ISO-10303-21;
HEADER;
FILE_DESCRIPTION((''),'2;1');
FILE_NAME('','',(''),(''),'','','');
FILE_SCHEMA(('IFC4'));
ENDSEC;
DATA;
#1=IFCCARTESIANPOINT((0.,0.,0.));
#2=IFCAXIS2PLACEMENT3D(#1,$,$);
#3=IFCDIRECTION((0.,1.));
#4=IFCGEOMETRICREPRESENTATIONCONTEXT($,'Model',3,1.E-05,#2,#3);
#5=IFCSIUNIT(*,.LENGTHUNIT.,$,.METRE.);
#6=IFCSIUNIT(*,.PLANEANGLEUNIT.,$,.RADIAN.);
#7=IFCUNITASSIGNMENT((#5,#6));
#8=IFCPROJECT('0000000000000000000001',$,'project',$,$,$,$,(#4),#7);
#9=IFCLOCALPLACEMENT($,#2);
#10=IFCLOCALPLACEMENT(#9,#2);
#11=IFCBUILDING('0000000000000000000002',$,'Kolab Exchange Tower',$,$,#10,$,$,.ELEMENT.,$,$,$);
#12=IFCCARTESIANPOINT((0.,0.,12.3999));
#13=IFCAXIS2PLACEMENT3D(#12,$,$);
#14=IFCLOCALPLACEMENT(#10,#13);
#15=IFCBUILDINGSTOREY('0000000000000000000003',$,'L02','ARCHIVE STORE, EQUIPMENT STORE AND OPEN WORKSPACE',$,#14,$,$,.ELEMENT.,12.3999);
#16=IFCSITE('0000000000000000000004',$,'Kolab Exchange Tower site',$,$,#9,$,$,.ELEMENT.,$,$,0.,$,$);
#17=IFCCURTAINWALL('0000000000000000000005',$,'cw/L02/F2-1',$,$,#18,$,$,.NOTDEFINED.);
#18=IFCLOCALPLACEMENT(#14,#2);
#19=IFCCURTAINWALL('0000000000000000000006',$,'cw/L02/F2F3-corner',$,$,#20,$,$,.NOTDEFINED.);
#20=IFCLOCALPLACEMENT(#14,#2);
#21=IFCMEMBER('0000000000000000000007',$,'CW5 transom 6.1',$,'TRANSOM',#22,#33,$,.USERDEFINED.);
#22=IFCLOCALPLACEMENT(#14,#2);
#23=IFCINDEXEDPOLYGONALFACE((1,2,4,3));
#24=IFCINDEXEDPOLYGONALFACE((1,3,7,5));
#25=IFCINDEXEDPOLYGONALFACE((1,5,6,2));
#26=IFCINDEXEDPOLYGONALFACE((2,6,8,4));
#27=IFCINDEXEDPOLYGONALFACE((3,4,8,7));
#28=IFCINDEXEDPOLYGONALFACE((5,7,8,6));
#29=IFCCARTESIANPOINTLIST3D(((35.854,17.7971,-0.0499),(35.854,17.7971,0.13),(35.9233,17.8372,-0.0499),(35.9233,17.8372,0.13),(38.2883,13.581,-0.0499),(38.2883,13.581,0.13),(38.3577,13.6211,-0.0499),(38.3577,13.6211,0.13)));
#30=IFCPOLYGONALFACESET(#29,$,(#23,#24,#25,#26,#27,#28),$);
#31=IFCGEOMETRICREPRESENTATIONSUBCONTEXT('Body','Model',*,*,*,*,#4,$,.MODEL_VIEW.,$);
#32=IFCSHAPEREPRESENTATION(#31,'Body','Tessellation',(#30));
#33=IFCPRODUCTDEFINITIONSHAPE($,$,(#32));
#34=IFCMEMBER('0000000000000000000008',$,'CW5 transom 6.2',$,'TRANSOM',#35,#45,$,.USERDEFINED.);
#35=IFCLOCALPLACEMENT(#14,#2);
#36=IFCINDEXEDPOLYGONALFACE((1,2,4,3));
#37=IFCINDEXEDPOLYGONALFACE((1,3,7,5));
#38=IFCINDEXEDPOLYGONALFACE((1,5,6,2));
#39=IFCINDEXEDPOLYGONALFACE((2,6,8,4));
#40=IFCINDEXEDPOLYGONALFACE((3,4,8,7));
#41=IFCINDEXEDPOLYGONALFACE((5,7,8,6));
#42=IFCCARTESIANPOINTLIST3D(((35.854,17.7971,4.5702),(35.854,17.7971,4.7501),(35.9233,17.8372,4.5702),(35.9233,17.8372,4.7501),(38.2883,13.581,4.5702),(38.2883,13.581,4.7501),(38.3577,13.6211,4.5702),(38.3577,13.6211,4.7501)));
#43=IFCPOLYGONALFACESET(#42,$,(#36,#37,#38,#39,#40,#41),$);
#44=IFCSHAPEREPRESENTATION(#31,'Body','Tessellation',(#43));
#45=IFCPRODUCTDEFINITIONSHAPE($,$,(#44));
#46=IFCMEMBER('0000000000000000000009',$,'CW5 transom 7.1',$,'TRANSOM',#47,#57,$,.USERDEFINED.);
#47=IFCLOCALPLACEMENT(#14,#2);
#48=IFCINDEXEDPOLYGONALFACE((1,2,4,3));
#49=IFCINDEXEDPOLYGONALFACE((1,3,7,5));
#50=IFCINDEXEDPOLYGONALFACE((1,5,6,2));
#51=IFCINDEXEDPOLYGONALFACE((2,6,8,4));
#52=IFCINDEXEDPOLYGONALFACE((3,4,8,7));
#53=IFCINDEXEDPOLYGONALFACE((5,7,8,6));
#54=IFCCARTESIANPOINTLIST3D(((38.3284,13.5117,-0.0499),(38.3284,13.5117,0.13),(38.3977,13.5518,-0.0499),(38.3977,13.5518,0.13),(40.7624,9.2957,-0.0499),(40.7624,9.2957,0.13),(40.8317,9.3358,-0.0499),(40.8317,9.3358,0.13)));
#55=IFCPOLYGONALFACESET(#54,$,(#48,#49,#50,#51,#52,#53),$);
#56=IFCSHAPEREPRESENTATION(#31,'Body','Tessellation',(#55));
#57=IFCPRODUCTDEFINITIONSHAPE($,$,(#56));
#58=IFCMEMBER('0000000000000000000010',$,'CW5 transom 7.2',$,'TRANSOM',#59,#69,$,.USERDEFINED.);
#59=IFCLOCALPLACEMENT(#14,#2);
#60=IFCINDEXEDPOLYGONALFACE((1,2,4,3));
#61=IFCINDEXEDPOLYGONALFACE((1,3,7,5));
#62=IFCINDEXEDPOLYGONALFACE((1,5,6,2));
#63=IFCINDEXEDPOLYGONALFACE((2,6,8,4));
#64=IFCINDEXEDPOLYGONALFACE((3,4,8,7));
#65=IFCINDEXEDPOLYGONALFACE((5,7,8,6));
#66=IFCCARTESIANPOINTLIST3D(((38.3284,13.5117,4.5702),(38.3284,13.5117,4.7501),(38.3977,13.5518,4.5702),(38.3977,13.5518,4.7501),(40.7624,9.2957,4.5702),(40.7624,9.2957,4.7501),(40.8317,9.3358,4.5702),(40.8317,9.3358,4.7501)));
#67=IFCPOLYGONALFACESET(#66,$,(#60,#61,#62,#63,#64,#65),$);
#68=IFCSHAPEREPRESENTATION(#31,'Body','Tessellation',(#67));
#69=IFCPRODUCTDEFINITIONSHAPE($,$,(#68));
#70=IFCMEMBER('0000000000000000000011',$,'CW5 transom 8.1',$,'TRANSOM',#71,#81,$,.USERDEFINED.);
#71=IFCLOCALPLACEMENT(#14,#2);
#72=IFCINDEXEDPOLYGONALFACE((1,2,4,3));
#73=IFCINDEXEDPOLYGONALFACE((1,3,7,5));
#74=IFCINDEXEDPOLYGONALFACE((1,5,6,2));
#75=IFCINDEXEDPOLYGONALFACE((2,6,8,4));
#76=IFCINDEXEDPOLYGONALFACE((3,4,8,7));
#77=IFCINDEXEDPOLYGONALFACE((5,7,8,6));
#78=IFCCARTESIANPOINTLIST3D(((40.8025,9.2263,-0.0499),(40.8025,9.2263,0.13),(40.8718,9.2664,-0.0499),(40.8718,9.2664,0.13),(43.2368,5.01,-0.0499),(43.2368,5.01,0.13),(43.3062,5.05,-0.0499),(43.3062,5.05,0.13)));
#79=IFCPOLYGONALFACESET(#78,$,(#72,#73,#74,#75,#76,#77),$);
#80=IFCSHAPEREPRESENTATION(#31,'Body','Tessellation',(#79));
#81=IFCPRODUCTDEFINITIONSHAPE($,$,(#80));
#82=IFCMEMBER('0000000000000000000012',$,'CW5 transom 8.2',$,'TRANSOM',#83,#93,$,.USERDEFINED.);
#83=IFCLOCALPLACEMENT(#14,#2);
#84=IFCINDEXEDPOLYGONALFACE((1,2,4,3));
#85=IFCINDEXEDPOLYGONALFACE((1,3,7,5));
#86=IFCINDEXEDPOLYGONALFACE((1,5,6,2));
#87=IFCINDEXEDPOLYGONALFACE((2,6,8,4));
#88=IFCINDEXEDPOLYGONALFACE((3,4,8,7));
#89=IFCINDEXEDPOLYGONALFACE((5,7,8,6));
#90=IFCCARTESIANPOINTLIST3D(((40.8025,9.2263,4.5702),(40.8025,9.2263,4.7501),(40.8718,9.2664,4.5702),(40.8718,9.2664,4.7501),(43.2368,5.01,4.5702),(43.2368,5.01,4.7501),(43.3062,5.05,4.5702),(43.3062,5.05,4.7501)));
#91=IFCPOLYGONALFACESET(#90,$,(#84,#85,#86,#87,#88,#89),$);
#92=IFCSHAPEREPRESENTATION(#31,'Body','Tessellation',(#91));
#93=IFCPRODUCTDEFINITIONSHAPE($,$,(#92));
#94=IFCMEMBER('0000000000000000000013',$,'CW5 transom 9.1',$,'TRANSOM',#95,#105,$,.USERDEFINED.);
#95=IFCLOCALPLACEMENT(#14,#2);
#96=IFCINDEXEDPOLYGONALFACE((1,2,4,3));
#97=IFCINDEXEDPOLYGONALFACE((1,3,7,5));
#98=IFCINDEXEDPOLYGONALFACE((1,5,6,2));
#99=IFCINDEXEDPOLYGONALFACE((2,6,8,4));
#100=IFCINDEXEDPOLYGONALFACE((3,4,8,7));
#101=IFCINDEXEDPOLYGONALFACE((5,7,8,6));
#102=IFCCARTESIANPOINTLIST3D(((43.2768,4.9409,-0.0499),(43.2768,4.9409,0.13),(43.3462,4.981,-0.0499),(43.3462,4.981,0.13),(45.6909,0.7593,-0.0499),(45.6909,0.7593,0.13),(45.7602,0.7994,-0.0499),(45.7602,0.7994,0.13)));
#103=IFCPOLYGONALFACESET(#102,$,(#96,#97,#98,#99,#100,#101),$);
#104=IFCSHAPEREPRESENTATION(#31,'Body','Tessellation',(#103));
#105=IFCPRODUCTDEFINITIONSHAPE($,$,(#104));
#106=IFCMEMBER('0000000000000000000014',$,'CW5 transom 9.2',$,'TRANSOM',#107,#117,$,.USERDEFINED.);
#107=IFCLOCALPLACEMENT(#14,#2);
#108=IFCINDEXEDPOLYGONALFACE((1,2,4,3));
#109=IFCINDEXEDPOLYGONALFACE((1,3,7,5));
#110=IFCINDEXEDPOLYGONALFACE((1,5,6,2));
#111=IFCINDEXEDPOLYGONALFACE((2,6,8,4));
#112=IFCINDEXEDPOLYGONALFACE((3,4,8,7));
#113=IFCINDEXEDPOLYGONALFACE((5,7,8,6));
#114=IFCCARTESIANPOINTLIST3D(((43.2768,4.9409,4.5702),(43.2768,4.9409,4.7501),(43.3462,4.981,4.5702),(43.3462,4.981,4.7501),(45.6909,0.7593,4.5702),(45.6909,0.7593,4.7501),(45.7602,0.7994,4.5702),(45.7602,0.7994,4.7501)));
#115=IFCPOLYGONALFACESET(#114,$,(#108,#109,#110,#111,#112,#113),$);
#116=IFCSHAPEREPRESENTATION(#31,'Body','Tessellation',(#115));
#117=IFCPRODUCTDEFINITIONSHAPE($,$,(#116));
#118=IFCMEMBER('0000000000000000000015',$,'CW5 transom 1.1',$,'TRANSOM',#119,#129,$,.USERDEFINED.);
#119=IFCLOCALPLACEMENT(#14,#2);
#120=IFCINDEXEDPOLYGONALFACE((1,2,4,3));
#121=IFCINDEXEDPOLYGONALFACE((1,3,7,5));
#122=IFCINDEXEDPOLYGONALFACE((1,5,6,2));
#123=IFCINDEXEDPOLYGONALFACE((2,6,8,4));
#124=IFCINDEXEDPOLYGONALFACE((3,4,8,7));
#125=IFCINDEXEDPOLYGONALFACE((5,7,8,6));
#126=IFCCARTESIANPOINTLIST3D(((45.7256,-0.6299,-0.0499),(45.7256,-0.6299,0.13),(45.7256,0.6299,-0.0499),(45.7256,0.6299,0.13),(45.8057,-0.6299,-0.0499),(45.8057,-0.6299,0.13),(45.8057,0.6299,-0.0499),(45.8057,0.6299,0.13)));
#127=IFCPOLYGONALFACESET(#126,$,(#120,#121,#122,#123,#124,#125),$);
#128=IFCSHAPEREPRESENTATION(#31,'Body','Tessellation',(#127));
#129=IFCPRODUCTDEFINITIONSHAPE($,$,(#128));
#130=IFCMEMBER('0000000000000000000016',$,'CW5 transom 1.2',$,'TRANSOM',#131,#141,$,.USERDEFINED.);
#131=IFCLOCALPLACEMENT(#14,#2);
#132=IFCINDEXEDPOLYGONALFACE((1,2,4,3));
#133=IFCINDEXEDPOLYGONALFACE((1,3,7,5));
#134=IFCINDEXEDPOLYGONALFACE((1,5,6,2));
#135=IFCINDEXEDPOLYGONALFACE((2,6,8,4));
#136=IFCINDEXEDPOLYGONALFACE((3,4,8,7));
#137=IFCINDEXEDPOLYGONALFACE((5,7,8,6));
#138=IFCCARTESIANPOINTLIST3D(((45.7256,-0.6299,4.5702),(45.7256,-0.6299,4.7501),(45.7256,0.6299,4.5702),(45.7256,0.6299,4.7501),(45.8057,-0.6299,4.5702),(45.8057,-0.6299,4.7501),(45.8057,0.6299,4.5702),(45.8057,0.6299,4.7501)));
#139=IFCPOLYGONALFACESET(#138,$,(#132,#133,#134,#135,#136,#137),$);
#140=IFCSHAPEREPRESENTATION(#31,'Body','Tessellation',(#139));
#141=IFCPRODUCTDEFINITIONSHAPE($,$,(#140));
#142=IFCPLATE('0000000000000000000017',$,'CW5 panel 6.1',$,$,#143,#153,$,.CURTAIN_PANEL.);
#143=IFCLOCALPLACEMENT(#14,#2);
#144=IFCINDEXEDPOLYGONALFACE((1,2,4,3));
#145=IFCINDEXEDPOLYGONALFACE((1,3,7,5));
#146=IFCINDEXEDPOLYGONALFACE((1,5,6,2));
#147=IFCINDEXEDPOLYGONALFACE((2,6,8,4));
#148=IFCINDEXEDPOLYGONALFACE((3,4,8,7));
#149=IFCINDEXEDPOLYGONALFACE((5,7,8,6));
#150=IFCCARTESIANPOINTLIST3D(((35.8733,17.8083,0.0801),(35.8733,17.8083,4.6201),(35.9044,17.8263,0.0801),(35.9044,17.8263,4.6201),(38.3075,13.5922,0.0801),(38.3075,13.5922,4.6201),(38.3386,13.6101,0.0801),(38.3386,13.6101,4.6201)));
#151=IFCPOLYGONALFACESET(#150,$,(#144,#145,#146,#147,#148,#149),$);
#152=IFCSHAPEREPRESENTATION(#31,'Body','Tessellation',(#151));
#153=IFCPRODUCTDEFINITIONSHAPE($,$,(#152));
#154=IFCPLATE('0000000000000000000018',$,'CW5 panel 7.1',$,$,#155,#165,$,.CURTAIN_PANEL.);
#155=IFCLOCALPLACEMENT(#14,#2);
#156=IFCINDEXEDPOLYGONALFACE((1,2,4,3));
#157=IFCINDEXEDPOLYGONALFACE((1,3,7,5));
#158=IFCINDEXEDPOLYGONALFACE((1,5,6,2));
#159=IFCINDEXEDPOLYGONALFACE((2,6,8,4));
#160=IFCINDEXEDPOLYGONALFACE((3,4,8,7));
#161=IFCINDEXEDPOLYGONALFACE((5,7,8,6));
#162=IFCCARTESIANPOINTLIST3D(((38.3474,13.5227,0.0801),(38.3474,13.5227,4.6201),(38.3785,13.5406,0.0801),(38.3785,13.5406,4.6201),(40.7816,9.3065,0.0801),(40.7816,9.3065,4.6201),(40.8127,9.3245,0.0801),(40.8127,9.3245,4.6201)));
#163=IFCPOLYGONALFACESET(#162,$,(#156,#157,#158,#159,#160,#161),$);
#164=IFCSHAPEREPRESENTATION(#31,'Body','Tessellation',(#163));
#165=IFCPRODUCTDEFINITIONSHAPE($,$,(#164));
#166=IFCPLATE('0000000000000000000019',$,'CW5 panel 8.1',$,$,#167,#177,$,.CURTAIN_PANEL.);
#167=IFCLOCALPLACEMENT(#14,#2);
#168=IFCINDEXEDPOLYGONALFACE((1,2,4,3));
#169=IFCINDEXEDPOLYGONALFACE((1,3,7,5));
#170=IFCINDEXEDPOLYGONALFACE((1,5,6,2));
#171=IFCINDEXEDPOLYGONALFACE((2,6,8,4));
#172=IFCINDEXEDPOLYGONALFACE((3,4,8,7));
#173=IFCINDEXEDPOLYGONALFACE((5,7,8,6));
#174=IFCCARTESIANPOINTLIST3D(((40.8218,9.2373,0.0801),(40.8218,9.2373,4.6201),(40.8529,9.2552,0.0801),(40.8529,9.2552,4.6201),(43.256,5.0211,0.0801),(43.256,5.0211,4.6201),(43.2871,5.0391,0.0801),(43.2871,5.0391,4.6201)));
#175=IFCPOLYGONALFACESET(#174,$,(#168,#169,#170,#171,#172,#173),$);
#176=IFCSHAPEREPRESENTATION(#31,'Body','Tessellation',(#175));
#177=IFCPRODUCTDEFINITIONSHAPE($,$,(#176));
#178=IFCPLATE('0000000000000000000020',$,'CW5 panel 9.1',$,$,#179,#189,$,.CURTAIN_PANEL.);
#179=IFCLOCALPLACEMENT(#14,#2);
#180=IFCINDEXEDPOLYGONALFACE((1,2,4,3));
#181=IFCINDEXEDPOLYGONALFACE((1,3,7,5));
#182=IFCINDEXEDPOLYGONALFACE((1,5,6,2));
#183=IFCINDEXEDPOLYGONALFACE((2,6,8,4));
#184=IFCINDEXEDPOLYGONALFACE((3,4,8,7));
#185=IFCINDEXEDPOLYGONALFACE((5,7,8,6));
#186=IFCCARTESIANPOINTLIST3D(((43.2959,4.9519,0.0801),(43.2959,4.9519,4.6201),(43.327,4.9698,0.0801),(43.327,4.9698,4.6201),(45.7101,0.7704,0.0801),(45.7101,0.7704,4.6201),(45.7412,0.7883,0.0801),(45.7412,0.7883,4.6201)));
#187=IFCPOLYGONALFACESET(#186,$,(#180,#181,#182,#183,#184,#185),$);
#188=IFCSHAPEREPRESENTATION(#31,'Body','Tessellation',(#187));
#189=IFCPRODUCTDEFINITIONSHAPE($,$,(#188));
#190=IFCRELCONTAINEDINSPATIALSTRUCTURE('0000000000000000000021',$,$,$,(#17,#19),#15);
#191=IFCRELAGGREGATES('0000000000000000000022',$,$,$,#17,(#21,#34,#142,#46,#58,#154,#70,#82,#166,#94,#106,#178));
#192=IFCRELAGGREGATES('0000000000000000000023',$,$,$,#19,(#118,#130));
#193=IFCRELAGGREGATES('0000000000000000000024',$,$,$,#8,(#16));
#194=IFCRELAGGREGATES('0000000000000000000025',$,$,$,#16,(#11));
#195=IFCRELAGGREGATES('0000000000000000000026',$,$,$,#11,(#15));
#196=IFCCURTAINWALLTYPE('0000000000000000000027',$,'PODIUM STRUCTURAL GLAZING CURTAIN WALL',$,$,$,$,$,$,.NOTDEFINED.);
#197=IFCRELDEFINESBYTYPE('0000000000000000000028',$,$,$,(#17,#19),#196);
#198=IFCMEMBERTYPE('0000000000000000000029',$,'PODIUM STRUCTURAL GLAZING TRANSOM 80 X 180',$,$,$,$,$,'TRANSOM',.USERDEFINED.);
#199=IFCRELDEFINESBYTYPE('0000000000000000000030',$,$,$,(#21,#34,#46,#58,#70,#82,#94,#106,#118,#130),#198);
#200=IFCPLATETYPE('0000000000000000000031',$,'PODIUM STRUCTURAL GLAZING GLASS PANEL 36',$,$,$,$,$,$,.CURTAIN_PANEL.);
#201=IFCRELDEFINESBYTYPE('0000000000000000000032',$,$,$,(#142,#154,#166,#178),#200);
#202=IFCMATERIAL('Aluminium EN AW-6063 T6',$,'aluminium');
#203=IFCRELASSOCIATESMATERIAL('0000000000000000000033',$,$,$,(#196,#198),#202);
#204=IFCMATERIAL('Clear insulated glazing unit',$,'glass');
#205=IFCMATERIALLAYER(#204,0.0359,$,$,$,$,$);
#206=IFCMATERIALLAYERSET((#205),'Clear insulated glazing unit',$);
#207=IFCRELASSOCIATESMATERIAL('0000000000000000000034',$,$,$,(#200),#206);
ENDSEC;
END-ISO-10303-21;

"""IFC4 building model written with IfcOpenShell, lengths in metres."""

from ifc_helpers import new_model, si_unit, direction, frame, origin, origin_2d, place, context, subcontext, project, spatial, rectangle, extrude, material, layer, layer_set, material_profile, profile_set, type_object, element, aggregate, save


model = new_model("IFC4")

# Units and contexts
model_context = context("Model", 3, precision=1e-05, world=origin(), true_north=direction((0.0, 1.0)))
body_context = subcontext(model_context, "Body", "Model", "MODEL_VIEW")
ifc_project = project(units=[si_unit("LENGTHUNIT", "METRE"), si_unit("PLANEANGLEUNIT", "RADIAN")], contexts=[model_context])

# Site, building, storey
site_placement = place(None, origin())
site = spatial("IfcSite", under=ifc_project, at=site_placement, Name="Kolab Exchange Tower site", CompositionType="ELEMENT", RefElevation=0.0)
building_placement = place(site_placement, origin())
building = spatial("IfcBuilding", under=site, at=building_placement, Name="Kolab Exchange Tower", CompositionType="ELEMENT")
storey_placement = place(building_placement, frame((0.0, 0.0, 12.3999)))
storey = spatial("IfcBuildingStorey", under=building, at=storey_placement, Name="L02", Description="ARCHIVE STORE, EQUIPMENT STORE AND OPEN WORKSPACE", CompositionType="ELEMENT", Elevation=12.3999)

# Curtain wall
ifc_material_1 = material(Name="Aluminium EN AW-6063 T6", Category="aluminium")
curtain_wall_type = type_object("IfcCurtainWallType", Name="PODIUM STRUCTURAL GLAZING CURTAIN WALL", PredefinedType="NOTDEFINED", material=ifc_material_1)
curtain_wall_1_placement = place(storey_placement, origin())
curtain_wall_1 = element("IfcCurtainWall", 1, at=curtain_wall_1_placement, inside=storey, type_object=curtain_wall_type, Name="cw/L02/F2-1", PredefinedType="NOTDEFINED")

# Curtain wall
curtain_wall_2_placement = place(storey_placement, origin())
curtain_wall_2 = element("IfcCurtainWall", 2, at=curtain_wall_2_placement, inside=storey, type_object=curtain_wall_type, Name="cw/L02/F2F3-corner", PredefinedType="NOTDEFINED")

# Members
ifc_material_profile_1 = material_profile(ifc_material_1, rectangle(XDim=0.0801, YDim=0.1799, at=origin_2d()), Name="RECT 80X180")
ifc_profile_set_1 = profile_set([ifc_material_profile_1], Name="Aluminium EN AW-6063 T6")
member_type_1 = type_object("IfcMemberType", Name="PODIUM STRUCTURAL GLAZING TRANSOM 80 X 180", ElementType="TRANSOM", PredefinedType="USERDEFINED", material=ifc_profile_set_1)
member_1_placement = place(storey_placement, frame((35.8887, 17.8171, 0.04), z_axis=(0.500028, -0.866009, 0.0), x_axis=(0.866009, 0.500028, 0.0)))
member_1 = element("IfcMember", 3, at=member_1_placement, type_object=member_type_1, Name="CW5 transom 6.1", ObjectType="TRANSOM", PredefinedType="USERDEFINED", context=body_context, shape_type="SweptSolid", body=[
    extrude(rectangle(XDim=0.0801, YDim=0.1799, at=origin_2d()), origin(), (0.0, 0.0, 1.0), 4.8684),
])
member_2_placement = place(storey_placement, frame((35.8887, 17.8171, 4.6602), z_axis=(0.500028, -0.866009, 0.0), x_axis=(0.866009, 0.500028, 0.0)))
member_2 = element("IfcMember", 4, at=member_2_placement, type_object=member_type_1, Name="CW5 transom 6.2", ObjectType="TRANSOM", PredefinedType="USERDEFINED", context=body_context, shape_type="SweptSolid", body=[
    extrude(rectangle(XDim=0.0801, YDim=0.1799, at=origin_2d()), origin(), (0.0, 0.0, 1.0), 4.8684),
])
member_3_placement = place(storey_placement, frame((38.363, 13.5317, 0.04), z_axis=(0.49999, -0.866031, 0.0), x_axis=(0.866031, 0.49999, 0.0)))
member_3 = element("IfcMember", 5, at=member_3_placement, type_object=member_type_1, Name="CW5 transom 7.1", ObjectType="TRANSOM", PredefinedType="USERDEFINED", context=body_context, shape_type="SweptSolid", body=[
    extrude(rectangle(XDim=0.0801, YDim=0.1799, at=origin_2d()), origin(), (0.0, 0.0, 1.0), 4.8682),
])
member_4_placement = place(storey_placement, frame((38.363, 13.5317, 4.6602), z_axis=(0.49999, -0.866031, 0.0), x_axis=(0.866031, 0.49999, 0.0)))
member_4 = element("IfcMember", 6, at=member_4_placement, type_object=member_type_1, Name="CW5 transom 7.2", ObjectType="TRANSOM", PredefinedType="USERDEFINED", context=body_context, shape_type="SweptSolid", body=[
    extrude(rectangle(XDim=0.0801, YDim=0.1799, at=origin_2d()), origin(), (0.0, 0.0, 1.0), 4.8682),
])
member_5_placement = place(storey_placement, frame((40.8372, 9.2463, 0.04), z_axis=(0.500006, -0.866022, 0.0), x_axis=(0.866022, 0.500006, 0.0)))
member_5 = element("IfcMember", 7, at=member_5_placement, type_object=member_type_1, Name="CW5 transom 8.1", ObjectType="TRANSOM", PredefinedType="USERDEFINED", context=body_context, shape_type="SweptSolid", body=[
    extrude(rectangle(XDim=0.0801, YDim=0.1799, at=origin_2d()), origin(), (0.0, 0.0, 1.0), 4.8687),
])
member_6_placement = place(storey_placement, frame((40.8372, 9.2463, 4.6602), z_axis=(0.500006, -0.866022, 0.0), x_axis=(0.866022, 0.500006, 0.0)))
member_6 = element("IfcMember", 8, at=member_6_placement, type_object=member_type_1, Name="CW5 transom 8.2", ObjectType="TRANSOM", PredefinedType="USERDEFINED", context=body_context, shape_type="SweptSolid", body=[
    extrude(rectangle(XDim=0.0801, YDim=0.1799, at=origin_2d()), origin(), (0.0, 0.0, 1.0), 4.8687),
])
member_7_placement = place(storey_placement, frame((43.3115, 4.9609, 0.04), z_axis=(0.499968, -0.866044, 0.0), x_axis=(0.866044, 0.499968, 0.0)))
member_7 = element("IfcMember", 9, at=member_7_placement, type_object=member_type_1, Name="CW5 transom 9.1", ObjectType="TRANSOM", PredefinedType="USERDEFINED", context=body_context, shape_type="SweptSolid", body=[
    extrude(rectangle(XDim=0.0801, YDim=0.1799, at=origin_2d()), origin(), (0.0, 0.0, 1.0), 4.8284),
])
member_8_placement = place(storey_placement, frame((43.3115, 4.9609, 4.6602), z_axis=(0.499968, -0.866044, 0.0), x_axis=(0.866044, 0.499968, 0.0)))
member_8 = element("IfcMember", 10, at=member_8_placement, type_object=member_type_1, Name="CW5 transom 9.2", ObjectType="TRANSOM", PredefinedType="USERDEFINED", context=body_context, shape_type="SweptSolid", body=[
    extrude(rectangle(XDim=0.0801, YDim=0.1799, at=origin_2d()), origin(), (0.0, 0.0, 1.0), 4.8284),
])
member_9_placement = place(storey_placement, frame((45.7656, 0.6299, 0.04), z_axis=(0.0, -1.0, 0.0), x_axis=(1.0, 0.0, 0.0)))
member_9 = element("IfcMember", 11, at=member_9_placement, type_object=member_type_1, Name="CW5 transom 1.1", ObjectType="TRANSOM", PredefinedType="USERDEFINED", context=body_context, shape_type="SweptSolid", body=[
    extrude(rectangle(XDim=0.0801, YDim=0.1799, at=origin_2d()), origin(), (0.0, 0.0, 1.0), 1.2598),
])
member_10_placement = place(storey_placement, frame((45.7656, 0.6299, 4.6602), z_axis=(0.0, -1.0, 0.0), x_axis=(1.0, 0.0, 0.0)))
member_10 = element("IfcMember", 12, at=member_10_placement, type_object=member_type_1, Name="CW5 transom 1.2", ObjectType="TRANSOM", PredefinedType="USERDEFINED", context=body_context, shape_type="SweptSolid", body=[
    extrude(rectangle(XDim=0.0801, YDim=0.1799, at=origin_2d()), origin(), (0.0, 0.0, 1.0), 1.2598),
])

# Plates
ifc_material_2 = material(Name="Clear insulated glazing unit", Category="glass")
ifc_layer_1 = layer(ifc_material_2, 0.0359)
ifc_layer_set_1 = layer_set([ifc_layer_1], Name="Clear insulated glazing unit")
plate_type = type_object("IfcPlateType", Name="PODIUM STRUCTURAL GLAZING GLASS PANEL 36", PredefinedType="CURTAIN_PANEL", material=ifc_layer_set_1)
plate_1_placement = place(storey_placement, frame((37.106, 15.7092, 0.0801), z_axis=(0.0, 0.0, 1.0), x_axis=(0.5, -0.866025, 0.0)))
plate_1 = element("IfcPlate", 13, at=plate_1_placement, type_object=plate_type, Name="CW5 panel 6.1", PredefinedType="CURTAIN_PANEL", context=body_context, shape_type="SweptSolid", body=[
    extrude(rectangle(XDim=4.8684, YDim=0.0359, at=origin_2d()), origin(), (0.0, 0.0, 1.0), 4.54),
])
plate_2_placement = place(storey_placement, frame((39.5801, 11.4236, 0.0801), z_axis=(0.0, 0.0, 1.0), x_axis=(0.5, -0.866025, 0.0)))
plate_2 = element("IfcPlate", 14, at=plate_2_placement, type_object=plate_type, Name="CW5 panel 7.1", PredefinedType="CURTAIN_PANEL", context=body_context, shape_type="SweptSolid", body=[
    extrude(rectangle(XDim=4.8684, YDim=0.0359, at=origin_2d()), origin(), (0.0, 0.0, 1.0), 4.54),
])
plate_3_placement = place(storey_placement, frame((42.0544, 7.1382, 0.0801), z_axis=(0.0, 0.0, 1.0), x_axis=(0.5, -0.866025, 0.0)))
plate_3 = element("IfcPlate", 15, at=plate_3_placement, type_object=plate_type, Name="CW5 panel 8.1", PredefinedType="CURTAIN_PANEL", context=body_context, shape_type="SweptSolid", body=[
    extrude(rectangle(XDim=4.8684, YDim=0.0359, at=origin_2d()), origin(), (0.0, 0.0, 1.0), 4.54),
])
plate_4_placement = place(storey_placement, frame((44.5186, 2.8701, 0.0801), z_axis=(0.0, 0.0, 1.0), x_axis=(0.5, -0.866025, 0.0)))
plate_4 = element("IfcPlate", 16, at=plate_4_placement, type_object=plate_type, Name="CW5 panel 9.1", PredefinedType="CURTAIN_PANEL", context=body_context, shape_type="SweptSolid", body=[
    extrude(rectangle(XDim=4.8284, YDim=0.0359, at=origin_2d()), origin(), (0.0, 0.0, 1.0), 4.54),
])
aggregate(curtain_wall_1, [member_1, member_2, plate_1, member_3, member_4, plate_2, member_5, member_6, plate_3, member_7, member_8, plate_4])
aggregate(curtain_wall_2, [member_9, member_10])

save(model, "model.ifc")
